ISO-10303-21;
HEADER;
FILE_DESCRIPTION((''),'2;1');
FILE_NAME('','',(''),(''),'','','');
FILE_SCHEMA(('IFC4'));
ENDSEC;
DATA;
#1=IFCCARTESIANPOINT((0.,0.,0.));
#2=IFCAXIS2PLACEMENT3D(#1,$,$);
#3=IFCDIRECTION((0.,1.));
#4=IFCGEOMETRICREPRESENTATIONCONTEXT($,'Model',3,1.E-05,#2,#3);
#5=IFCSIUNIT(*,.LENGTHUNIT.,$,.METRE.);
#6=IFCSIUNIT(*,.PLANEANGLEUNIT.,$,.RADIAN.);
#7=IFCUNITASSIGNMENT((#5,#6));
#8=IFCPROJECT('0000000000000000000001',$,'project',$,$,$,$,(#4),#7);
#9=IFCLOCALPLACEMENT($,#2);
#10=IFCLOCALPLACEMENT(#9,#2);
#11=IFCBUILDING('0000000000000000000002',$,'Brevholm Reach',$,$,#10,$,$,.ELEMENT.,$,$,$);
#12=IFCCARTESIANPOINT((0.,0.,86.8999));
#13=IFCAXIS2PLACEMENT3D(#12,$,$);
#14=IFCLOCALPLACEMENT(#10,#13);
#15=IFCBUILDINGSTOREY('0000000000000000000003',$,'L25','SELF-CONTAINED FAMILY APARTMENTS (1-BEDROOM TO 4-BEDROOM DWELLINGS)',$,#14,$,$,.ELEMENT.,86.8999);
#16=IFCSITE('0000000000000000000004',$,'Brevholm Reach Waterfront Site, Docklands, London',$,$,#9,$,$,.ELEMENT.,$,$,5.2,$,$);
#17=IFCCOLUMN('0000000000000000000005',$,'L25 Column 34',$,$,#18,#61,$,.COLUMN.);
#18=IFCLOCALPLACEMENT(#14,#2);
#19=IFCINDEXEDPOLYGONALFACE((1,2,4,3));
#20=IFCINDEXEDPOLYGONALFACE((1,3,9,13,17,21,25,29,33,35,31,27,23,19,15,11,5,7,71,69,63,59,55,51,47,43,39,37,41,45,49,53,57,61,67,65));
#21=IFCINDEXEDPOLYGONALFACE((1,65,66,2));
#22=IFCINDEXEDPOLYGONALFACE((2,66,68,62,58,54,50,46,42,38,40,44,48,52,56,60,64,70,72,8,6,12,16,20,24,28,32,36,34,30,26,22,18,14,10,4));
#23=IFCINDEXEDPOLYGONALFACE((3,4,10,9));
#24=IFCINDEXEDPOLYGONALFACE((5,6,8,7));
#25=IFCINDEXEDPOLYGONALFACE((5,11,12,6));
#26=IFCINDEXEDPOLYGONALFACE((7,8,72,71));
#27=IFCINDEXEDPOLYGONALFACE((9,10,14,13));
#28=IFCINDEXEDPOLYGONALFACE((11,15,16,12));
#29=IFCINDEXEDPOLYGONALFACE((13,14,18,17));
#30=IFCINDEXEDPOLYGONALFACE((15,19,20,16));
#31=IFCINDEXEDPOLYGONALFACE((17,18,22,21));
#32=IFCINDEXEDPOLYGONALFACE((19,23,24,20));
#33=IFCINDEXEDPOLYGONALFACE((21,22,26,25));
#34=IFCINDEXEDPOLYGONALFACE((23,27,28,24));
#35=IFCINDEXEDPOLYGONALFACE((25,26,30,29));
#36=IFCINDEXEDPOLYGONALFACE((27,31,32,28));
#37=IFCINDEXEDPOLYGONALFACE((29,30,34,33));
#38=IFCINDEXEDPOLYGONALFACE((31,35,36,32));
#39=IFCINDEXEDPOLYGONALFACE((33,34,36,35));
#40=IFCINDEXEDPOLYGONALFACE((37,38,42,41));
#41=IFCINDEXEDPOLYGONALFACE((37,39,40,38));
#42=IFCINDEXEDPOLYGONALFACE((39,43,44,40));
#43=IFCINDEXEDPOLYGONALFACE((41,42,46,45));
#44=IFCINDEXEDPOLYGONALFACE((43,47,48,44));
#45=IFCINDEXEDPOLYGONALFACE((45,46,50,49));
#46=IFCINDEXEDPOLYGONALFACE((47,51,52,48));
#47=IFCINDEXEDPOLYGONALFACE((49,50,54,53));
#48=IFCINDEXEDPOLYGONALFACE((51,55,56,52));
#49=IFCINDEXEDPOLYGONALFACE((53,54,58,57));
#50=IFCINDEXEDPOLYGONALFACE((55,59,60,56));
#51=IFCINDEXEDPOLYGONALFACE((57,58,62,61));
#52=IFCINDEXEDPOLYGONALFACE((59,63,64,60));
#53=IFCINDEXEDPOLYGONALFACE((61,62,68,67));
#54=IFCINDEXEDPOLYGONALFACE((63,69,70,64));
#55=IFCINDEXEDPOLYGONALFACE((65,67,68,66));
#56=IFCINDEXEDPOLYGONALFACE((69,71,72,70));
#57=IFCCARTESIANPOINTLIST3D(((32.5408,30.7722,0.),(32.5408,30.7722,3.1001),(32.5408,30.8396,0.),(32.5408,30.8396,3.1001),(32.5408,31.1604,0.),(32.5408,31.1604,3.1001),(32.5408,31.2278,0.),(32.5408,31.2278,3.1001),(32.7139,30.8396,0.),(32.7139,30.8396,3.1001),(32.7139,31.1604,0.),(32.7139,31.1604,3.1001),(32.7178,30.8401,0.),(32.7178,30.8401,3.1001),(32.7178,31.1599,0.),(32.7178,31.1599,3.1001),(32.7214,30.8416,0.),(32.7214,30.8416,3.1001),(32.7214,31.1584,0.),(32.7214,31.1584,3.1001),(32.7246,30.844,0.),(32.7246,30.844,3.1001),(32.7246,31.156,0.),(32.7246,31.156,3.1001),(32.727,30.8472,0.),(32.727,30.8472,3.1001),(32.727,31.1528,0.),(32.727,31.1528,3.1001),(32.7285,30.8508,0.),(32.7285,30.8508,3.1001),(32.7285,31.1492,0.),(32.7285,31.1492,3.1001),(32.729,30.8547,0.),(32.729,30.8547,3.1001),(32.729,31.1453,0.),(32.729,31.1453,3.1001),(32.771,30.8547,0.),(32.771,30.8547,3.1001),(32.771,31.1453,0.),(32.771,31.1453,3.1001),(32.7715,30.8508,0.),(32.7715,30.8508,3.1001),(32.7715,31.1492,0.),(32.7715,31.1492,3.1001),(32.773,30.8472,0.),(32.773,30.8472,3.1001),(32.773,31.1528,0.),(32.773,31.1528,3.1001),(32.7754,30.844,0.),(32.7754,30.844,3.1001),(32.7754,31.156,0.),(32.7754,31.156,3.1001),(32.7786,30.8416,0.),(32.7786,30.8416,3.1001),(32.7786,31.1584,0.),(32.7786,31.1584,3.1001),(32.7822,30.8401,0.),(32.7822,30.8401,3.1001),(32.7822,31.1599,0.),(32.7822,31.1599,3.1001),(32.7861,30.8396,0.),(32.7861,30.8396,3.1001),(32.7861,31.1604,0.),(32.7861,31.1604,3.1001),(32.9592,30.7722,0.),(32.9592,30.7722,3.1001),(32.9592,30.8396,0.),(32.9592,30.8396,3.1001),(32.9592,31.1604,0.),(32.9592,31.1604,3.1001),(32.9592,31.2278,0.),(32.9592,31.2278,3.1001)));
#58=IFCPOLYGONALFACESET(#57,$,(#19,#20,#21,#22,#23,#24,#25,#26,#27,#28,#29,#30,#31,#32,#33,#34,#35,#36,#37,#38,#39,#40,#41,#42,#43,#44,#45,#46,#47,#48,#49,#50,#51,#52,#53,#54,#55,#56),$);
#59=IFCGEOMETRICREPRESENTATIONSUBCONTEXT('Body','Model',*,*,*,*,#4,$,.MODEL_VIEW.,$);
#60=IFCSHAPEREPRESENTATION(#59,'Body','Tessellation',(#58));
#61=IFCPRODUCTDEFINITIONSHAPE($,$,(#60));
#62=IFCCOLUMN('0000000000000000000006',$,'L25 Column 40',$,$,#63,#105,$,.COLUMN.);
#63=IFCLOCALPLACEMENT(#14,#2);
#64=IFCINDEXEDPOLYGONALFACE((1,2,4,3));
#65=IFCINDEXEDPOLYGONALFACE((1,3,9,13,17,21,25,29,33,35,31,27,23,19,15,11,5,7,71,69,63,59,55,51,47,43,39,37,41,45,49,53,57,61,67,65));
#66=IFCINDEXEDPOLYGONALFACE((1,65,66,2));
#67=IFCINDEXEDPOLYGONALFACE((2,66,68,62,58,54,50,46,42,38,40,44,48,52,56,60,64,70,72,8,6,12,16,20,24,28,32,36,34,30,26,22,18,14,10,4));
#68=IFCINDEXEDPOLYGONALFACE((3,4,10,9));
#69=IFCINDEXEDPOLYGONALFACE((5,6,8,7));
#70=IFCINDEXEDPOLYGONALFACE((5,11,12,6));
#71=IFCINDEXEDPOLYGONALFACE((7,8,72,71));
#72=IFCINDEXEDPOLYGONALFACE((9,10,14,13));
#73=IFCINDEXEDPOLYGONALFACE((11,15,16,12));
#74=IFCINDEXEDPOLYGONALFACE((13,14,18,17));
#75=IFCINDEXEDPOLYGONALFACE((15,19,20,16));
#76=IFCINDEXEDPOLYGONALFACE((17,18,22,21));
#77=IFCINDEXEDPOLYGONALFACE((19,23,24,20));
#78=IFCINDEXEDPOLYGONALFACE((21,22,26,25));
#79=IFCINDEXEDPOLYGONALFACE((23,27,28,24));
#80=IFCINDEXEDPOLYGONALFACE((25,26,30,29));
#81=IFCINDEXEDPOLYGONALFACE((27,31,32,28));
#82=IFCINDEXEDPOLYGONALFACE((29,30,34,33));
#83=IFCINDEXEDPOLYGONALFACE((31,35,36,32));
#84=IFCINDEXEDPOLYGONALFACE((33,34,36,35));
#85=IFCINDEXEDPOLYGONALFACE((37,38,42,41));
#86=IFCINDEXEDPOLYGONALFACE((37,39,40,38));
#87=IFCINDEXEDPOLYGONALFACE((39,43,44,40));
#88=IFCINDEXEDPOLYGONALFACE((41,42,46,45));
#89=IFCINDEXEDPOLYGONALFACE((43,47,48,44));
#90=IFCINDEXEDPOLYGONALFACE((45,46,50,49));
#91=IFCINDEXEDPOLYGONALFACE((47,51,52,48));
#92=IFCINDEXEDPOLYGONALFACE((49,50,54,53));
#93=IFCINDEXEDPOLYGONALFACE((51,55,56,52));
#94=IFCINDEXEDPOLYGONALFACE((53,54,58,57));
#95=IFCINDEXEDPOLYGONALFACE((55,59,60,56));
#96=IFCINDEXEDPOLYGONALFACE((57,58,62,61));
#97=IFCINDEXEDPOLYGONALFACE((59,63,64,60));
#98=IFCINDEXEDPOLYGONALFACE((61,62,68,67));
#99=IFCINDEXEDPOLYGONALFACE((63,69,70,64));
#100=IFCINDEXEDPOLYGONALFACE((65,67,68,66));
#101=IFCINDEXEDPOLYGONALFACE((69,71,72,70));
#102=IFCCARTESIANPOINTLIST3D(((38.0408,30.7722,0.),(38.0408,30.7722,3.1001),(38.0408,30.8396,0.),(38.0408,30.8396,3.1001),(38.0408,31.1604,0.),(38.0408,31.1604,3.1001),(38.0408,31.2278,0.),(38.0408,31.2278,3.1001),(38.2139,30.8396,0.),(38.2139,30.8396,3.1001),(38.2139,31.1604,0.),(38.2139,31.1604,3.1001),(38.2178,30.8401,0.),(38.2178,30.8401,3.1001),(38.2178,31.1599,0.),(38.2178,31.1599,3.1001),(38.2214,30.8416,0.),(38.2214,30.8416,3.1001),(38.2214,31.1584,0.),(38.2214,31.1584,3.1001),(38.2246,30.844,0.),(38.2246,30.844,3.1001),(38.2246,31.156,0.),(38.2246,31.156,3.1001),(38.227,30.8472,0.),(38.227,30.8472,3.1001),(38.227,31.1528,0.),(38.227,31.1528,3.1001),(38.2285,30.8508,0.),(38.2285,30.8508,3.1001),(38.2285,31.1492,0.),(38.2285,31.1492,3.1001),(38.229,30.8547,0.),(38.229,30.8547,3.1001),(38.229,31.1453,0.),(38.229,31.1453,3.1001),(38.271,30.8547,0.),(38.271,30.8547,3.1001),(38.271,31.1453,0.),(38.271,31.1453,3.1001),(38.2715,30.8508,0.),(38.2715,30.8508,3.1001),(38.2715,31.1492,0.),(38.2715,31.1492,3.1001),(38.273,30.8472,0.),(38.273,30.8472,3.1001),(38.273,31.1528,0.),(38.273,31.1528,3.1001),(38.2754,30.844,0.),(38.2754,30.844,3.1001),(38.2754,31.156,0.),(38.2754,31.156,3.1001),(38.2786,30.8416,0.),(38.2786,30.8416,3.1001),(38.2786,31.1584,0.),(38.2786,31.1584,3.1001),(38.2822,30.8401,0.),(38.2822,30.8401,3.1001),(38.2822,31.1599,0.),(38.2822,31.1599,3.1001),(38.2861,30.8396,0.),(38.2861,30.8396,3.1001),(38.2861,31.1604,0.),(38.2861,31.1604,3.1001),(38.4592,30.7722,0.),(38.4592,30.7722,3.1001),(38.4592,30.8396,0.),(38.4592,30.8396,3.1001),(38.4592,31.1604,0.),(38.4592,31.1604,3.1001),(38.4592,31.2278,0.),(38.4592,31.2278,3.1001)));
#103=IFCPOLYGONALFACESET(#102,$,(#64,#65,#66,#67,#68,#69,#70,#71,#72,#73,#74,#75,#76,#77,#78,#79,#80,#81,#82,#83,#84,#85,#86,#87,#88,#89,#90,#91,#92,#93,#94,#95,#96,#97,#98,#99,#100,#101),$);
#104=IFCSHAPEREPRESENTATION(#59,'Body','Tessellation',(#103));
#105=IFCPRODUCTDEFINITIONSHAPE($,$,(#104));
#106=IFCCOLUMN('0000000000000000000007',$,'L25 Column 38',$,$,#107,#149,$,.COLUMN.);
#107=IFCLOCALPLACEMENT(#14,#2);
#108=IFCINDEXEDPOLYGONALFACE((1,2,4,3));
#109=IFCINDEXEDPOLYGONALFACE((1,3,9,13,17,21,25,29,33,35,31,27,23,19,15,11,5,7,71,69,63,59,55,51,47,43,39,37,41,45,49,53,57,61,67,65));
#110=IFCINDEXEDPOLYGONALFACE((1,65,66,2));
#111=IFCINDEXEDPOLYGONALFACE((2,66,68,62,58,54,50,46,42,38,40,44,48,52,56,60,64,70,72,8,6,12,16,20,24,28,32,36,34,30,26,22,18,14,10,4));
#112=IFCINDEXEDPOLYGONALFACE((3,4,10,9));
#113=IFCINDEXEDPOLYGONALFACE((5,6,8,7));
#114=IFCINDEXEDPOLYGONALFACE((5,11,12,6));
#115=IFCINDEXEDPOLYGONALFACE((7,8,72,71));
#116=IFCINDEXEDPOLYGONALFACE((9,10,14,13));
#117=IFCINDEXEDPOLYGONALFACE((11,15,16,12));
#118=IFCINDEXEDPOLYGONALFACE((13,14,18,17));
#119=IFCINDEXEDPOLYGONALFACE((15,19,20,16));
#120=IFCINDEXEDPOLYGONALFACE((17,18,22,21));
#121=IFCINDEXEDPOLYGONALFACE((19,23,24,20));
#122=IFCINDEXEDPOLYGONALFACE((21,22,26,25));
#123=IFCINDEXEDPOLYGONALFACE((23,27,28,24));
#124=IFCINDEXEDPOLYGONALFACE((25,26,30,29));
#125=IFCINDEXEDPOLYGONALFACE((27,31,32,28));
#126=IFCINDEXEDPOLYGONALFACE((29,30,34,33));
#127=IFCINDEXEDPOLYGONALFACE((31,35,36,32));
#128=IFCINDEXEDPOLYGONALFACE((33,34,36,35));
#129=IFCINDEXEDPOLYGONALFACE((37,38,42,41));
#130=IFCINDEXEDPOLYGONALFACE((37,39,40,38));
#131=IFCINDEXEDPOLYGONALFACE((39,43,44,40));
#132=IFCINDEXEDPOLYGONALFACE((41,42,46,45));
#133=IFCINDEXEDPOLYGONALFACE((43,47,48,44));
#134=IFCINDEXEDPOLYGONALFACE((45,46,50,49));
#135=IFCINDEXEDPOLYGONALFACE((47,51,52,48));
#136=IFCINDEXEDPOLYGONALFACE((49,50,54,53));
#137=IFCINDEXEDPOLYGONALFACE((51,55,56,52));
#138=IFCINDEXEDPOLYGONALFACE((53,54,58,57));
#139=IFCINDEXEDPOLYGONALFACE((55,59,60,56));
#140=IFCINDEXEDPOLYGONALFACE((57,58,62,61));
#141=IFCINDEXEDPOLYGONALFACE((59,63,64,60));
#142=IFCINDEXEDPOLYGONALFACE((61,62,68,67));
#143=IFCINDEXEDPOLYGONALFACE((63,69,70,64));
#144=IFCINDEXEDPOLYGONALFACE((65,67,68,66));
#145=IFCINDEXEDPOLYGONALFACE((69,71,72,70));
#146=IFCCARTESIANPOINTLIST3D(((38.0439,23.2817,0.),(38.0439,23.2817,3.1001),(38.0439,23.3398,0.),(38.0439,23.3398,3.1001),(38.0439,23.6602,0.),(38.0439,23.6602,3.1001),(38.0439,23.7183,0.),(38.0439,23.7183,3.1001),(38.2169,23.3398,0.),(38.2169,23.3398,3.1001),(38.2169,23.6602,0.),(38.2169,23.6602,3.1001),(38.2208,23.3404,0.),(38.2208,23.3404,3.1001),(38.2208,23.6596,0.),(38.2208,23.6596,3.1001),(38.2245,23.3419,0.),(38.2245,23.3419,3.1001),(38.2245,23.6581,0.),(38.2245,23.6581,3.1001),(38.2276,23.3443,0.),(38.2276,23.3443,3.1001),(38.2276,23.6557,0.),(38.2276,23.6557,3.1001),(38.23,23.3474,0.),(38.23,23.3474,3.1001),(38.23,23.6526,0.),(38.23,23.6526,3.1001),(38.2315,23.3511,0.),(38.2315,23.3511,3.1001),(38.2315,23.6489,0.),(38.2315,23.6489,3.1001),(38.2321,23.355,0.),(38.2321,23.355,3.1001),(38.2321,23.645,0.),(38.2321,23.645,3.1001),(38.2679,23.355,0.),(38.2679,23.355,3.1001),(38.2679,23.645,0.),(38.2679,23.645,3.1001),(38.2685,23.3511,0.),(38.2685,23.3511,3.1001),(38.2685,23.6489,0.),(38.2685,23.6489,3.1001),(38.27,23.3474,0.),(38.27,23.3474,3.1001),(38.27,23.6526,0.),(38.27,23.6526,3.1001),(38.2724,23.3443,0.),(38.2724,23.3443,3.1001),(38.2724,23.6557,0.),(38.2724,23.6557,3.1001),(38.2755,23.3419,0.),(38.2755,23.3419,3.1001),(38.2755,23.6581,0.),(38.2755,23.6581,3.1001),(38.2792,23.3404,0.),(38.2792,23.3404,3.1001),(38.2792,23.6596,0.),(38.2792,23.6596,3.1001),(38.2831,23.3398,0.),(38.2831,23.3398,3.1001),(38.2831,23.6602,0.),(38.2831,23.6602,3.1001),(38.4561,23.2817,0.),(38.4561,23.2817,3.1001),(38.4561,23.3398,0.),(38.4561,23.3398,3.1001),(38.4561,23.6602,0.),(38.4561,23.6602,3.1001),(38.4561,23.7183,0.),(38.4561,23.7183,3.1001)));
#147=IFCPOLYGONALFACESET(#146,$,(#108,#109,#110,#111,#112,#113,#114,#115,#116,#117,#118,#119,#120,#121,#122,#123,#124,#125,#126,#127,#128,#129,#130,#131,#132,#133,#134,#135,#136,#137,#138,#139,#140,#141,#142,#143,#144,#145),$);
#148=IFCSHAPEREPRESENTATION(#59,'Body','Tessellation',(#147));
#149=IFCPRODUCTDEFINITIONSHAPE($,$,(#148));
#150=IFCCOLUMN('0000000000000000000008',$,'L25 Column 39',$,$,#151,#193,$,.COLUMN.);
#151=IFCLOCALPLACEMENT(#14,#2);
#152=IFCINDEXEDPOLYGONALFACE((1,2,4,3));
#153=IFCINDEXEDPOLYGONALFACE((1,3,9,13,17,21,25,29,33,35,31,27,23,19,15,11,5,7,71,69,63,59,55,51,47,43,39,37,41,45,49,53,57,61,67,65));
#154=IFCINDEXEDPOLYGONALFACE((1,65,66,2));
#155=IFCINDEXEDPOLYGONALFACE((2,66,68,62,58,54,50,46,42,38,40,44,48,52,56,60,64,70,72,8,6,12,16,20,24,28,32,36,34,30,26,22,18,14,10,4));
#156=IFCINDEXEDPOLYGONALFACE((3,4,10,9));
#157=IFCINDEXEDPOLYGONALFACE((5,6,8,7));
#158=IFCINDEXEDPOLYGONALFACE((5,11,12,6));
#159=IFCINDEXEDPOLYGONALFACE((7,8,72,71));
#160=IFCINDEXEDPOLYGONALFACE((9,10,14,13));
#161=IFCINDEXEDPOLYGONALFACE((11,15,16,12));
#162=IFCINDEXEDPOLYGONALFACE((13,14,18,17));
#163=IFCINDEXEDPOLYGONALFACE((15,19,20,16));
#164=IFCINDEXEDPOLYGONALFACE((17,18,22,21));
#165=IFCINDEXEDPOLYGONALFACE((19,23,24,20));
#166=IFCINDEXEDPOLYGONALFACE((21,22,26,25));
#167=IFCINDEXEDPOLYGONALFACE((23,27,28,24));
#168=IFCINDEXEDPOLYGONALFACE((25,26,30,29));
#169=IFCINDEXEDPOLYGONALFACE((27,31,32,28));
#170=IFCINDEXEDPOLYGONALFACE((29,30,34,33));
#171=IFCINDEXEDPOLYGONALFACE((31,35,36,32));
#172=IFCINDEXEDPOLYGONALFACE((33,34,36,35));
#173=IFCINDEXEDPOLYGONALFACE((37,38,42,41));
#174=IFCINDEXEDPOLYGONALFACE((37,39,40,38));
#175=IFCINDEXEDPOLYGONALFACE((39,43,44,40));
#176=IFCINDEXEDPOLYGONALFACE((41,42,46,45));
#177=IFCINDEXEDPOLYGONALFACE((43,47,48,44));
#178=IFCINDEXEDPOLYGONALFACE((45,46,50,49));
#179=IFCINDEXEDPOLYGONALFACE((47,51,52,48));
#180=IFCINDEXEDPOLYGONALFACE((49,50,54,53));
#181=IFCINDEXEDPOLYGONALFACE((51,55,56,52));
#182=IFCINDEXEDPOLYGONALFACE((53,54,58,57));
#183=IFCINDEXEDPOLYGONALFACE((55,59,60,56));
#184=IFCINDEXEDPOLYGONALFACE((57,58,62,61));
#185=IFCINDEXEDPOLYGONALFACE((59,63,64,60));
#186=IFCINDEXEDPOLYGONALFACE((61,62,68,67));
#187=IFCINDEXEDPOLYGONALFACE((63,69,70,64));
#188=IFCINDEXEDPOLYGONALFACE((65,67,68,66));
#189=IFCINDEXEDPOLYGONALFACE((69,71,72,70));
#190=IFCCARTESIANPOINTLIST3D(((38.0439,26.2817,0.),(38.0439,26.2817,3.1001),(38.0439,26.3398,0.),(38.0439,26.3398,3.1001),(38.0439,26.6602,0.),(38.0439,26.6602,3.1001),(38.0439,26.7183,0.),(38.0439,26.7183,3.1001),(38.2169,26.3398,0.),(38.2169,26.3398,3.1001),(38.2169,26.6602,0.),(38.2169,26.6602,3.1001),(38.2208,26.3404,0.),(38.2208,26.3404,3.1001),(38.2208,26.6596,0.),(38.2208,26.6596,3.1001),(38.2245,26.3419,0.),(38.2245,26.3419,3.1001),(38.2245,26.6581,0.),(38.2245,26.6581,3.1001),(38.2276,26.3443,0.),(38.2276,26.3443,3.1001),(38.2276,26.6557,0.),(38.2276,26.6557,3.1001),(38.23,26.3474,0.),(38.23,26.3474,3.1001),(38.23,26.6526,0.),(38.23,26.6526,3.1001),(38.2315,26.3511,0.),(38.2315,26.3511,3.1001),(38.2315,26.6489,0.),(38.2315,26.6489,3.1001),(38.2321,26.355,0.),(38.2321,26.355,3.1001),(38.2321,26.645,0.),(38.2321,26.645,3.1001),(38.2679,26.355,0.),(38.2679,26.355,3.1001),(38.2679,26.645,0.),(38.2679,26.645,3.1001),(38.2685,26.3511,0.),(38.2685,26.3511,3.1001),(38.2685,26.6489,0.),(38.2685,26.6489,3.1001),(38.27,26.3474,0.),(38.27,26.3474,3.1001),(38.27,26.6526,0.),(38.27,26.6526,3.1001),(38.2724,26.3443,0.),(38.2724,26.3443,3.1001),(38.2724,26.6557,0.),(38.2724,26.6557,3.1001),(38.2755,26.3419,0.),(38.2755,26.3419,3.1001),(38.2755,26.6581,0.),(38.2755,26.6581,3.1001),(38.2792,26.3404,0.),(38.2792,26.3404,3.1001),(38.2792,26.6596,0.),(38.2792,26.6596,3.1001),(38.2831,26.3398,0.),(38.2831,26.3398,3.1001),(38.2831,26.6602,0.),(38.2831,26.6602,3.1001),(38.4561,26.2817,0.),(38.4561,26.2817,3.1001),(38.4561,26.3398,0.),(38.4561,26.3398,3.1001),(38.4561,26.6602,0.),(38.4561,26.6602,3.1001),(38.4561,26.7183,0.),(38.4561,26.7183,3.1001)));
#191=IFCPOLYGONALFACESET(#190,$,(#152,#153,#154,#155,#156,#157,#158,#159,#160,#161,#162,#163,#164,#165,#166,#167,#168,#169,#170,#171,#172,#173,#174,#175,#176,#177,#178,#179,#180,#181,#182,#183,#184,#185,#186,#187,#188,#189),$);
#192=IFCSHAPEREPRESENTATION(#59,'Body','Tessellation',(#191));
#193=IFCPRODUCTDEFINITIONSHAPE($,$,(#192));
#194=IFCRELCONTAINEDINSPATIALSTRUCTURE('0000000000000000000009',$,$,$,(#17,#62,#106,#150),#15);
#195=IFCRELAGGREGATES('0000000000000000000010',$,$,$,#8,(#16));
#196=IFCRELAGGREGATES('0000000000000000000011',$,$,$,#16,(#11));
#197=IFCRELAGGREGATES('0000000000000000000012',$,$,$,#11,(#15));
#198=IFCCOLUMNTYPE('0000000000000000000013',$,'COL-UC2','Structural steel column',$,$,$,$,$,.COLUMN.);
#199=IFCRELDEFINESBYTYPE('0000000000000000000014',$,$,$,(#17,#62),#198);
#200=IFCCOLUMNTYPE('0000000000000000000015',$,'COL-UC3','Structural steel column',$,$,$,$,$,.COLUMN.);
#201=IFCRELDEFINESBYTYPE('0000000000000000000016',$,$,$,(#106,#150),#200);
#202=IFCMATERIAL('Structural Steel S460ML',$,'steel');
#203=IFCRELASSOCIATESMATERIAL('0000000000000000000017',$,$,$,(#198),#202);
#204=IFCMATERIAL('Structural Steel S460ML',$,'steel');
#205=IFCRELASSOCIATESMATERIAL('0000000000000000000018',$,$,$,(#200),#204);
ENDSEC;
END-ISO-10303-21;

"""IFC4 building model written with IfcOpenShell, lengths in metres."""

from ifc_helpers import new_model, si_unit, direction, frame, origin, origin_2d, place, context, subcontext, project, spatial, i_section, extrude, material, material_profile, profile_set, type_object, element, save


model = new_model("IFC4")

# Units and contexts
model_context = context("Model", 3, precision=1e-05, world=origin(), true_north=direction((0.0, 1.0)))
body_context = subcontext(model_context, "Body", "Model", "MODEL_VIEW")
ifc_project = project(units=[si_unit("LENGTHUNIT", "METRE"), si_unit("PLANEANGLEUNIT", "RADIAN")], contexts=[model_context])

# Site, building, storey
site_placement = place(None, origin())
site = spatial("IfcSite", under=ifc_project, at=site_placement, Name="Brevholm Reach Waterfront Site, Docklands, London", CompositionType="ELEMENT", RefElevation=5.2)
building_placement = place(site_placement, origin())
building = spatial("IfcBuilding", under=site, at=building_placement, Name="Brevholm Reach", CompositionType="ELEMENT")
storey_placement = place(building_placement, frame((0.0, 0.0, 86.8999)))
storey = spatial("IfcBuildingStorey", under=building, at=storey_placement, Name="L25", Description="SELF-CONTAINED FAMILY APARTMENTS (1-BEDROOM TO 4-BEDROOM DWELLINGS)", CompositionType="ELEMENT", Elevation=86.8999)

# Columns
ifc_material_1 = material(Name="Structural Steel S460ML", Category="steel")
ifc_material_profile_1 = material_profile(ifc_material_1, i_section(OverallWidth=0.4185, OverallDepth=0.4556, WebThickness=0.042, FlangeThickness=0.0674, FilletRadius=0.0151, at=origin_2d()), Name="UKC 356x406x551")
ifc_profile_set_1 = profile_set([ifc_material_profile_1], Name="Structural Steel S460ML")
column_type_1 = type_object("IfcColumnType", Name="COL-UC2", Description="Structural steel column", PredefinedType="COLUMN", material=ifc_profile_set_1)
for number, where, z_axis, x_axis, name in (
    (1, (32.75, 31.0, 0.0), (0.0, 0.0, 1.0), (1.0, 0.0, 0.0), "L25 Column 34"),
    (2, (38.25, 31.0, 0.0), (0.0, 0.0, 1.0), (1.0, 0.0, 0.0), "L25 Column 40"),
):
    element("IfcColumn", number, at=place(storey_placement, frame(where, z_axis=z_axis, x_axis=x_axis)), inside=storey, type_object=column_type_1, Name=name, PredefinedType="COLUMN", context=body_context, shape_type="SweptSolid", body=[
        extrude(i_section(OverallWidth=0.4185, OverallDepth=0.4556, WebThickness=0.042, FlangeThickness=0.0674, FilletRadius=0.0151, at=origin_2d()), origin(), (0.0, 0.0, 1.0), 3.1001),
    ])
ifc_material_2 = material(Name="Structural Steel S460ML", Category="steel")
ifc_material_profile_2 = material_profile(ifc_material_2, i_section(OverallWidth=0.4121, OverallDepth=0.4365, WebThickness=0.0359, FlangeThickness=0.0581, FilletRadius=0.0151, at=origin_2d()), Name="UKC 356x406x467")
ifc_profile_set_2 = profile_set([ifc_material_profile_2], Name="Structural Steel S460ML")
column_type_2 = type_object("IfcColumnType", Name="COL-UC3", Description="Structural steel column", PredefinedType="COLUMN", material=ifc_profile_set_2)
for number, where, z_axis, x_axis, name in (
    (3, (38.25, 23.5, 0.0), (0.0, 0.0, 1.0), (1.0, 0.0, 0.0), "L25 Column 38"),
    (4, (38.25, 26.5, 0.0), (0.0, 0.0, 1.0), (1.0, 0.0, 0.0), "L25 Column 39"),
):
    element("IfcColumn", number, at=place(storey_placement, frame(where, z_axis=z_axis, x_axis=x_axis)), inside=storey, type_object=column_type_2, Name=name, PredefinedType="COLUMN", context=body_context, shape_type="SweptSolid", body=[
        extrude(i_section(OverallWidth=0.4121, OverallDepth=0.4365, WebThickness=0.0359, FlangeThickness=0.0581, FilletRadius=0.0151, at=origin_2d()), origin(), (0.0, 0.0, 1.0), 3.1001),
    ])

save(model, "model.ifc")
